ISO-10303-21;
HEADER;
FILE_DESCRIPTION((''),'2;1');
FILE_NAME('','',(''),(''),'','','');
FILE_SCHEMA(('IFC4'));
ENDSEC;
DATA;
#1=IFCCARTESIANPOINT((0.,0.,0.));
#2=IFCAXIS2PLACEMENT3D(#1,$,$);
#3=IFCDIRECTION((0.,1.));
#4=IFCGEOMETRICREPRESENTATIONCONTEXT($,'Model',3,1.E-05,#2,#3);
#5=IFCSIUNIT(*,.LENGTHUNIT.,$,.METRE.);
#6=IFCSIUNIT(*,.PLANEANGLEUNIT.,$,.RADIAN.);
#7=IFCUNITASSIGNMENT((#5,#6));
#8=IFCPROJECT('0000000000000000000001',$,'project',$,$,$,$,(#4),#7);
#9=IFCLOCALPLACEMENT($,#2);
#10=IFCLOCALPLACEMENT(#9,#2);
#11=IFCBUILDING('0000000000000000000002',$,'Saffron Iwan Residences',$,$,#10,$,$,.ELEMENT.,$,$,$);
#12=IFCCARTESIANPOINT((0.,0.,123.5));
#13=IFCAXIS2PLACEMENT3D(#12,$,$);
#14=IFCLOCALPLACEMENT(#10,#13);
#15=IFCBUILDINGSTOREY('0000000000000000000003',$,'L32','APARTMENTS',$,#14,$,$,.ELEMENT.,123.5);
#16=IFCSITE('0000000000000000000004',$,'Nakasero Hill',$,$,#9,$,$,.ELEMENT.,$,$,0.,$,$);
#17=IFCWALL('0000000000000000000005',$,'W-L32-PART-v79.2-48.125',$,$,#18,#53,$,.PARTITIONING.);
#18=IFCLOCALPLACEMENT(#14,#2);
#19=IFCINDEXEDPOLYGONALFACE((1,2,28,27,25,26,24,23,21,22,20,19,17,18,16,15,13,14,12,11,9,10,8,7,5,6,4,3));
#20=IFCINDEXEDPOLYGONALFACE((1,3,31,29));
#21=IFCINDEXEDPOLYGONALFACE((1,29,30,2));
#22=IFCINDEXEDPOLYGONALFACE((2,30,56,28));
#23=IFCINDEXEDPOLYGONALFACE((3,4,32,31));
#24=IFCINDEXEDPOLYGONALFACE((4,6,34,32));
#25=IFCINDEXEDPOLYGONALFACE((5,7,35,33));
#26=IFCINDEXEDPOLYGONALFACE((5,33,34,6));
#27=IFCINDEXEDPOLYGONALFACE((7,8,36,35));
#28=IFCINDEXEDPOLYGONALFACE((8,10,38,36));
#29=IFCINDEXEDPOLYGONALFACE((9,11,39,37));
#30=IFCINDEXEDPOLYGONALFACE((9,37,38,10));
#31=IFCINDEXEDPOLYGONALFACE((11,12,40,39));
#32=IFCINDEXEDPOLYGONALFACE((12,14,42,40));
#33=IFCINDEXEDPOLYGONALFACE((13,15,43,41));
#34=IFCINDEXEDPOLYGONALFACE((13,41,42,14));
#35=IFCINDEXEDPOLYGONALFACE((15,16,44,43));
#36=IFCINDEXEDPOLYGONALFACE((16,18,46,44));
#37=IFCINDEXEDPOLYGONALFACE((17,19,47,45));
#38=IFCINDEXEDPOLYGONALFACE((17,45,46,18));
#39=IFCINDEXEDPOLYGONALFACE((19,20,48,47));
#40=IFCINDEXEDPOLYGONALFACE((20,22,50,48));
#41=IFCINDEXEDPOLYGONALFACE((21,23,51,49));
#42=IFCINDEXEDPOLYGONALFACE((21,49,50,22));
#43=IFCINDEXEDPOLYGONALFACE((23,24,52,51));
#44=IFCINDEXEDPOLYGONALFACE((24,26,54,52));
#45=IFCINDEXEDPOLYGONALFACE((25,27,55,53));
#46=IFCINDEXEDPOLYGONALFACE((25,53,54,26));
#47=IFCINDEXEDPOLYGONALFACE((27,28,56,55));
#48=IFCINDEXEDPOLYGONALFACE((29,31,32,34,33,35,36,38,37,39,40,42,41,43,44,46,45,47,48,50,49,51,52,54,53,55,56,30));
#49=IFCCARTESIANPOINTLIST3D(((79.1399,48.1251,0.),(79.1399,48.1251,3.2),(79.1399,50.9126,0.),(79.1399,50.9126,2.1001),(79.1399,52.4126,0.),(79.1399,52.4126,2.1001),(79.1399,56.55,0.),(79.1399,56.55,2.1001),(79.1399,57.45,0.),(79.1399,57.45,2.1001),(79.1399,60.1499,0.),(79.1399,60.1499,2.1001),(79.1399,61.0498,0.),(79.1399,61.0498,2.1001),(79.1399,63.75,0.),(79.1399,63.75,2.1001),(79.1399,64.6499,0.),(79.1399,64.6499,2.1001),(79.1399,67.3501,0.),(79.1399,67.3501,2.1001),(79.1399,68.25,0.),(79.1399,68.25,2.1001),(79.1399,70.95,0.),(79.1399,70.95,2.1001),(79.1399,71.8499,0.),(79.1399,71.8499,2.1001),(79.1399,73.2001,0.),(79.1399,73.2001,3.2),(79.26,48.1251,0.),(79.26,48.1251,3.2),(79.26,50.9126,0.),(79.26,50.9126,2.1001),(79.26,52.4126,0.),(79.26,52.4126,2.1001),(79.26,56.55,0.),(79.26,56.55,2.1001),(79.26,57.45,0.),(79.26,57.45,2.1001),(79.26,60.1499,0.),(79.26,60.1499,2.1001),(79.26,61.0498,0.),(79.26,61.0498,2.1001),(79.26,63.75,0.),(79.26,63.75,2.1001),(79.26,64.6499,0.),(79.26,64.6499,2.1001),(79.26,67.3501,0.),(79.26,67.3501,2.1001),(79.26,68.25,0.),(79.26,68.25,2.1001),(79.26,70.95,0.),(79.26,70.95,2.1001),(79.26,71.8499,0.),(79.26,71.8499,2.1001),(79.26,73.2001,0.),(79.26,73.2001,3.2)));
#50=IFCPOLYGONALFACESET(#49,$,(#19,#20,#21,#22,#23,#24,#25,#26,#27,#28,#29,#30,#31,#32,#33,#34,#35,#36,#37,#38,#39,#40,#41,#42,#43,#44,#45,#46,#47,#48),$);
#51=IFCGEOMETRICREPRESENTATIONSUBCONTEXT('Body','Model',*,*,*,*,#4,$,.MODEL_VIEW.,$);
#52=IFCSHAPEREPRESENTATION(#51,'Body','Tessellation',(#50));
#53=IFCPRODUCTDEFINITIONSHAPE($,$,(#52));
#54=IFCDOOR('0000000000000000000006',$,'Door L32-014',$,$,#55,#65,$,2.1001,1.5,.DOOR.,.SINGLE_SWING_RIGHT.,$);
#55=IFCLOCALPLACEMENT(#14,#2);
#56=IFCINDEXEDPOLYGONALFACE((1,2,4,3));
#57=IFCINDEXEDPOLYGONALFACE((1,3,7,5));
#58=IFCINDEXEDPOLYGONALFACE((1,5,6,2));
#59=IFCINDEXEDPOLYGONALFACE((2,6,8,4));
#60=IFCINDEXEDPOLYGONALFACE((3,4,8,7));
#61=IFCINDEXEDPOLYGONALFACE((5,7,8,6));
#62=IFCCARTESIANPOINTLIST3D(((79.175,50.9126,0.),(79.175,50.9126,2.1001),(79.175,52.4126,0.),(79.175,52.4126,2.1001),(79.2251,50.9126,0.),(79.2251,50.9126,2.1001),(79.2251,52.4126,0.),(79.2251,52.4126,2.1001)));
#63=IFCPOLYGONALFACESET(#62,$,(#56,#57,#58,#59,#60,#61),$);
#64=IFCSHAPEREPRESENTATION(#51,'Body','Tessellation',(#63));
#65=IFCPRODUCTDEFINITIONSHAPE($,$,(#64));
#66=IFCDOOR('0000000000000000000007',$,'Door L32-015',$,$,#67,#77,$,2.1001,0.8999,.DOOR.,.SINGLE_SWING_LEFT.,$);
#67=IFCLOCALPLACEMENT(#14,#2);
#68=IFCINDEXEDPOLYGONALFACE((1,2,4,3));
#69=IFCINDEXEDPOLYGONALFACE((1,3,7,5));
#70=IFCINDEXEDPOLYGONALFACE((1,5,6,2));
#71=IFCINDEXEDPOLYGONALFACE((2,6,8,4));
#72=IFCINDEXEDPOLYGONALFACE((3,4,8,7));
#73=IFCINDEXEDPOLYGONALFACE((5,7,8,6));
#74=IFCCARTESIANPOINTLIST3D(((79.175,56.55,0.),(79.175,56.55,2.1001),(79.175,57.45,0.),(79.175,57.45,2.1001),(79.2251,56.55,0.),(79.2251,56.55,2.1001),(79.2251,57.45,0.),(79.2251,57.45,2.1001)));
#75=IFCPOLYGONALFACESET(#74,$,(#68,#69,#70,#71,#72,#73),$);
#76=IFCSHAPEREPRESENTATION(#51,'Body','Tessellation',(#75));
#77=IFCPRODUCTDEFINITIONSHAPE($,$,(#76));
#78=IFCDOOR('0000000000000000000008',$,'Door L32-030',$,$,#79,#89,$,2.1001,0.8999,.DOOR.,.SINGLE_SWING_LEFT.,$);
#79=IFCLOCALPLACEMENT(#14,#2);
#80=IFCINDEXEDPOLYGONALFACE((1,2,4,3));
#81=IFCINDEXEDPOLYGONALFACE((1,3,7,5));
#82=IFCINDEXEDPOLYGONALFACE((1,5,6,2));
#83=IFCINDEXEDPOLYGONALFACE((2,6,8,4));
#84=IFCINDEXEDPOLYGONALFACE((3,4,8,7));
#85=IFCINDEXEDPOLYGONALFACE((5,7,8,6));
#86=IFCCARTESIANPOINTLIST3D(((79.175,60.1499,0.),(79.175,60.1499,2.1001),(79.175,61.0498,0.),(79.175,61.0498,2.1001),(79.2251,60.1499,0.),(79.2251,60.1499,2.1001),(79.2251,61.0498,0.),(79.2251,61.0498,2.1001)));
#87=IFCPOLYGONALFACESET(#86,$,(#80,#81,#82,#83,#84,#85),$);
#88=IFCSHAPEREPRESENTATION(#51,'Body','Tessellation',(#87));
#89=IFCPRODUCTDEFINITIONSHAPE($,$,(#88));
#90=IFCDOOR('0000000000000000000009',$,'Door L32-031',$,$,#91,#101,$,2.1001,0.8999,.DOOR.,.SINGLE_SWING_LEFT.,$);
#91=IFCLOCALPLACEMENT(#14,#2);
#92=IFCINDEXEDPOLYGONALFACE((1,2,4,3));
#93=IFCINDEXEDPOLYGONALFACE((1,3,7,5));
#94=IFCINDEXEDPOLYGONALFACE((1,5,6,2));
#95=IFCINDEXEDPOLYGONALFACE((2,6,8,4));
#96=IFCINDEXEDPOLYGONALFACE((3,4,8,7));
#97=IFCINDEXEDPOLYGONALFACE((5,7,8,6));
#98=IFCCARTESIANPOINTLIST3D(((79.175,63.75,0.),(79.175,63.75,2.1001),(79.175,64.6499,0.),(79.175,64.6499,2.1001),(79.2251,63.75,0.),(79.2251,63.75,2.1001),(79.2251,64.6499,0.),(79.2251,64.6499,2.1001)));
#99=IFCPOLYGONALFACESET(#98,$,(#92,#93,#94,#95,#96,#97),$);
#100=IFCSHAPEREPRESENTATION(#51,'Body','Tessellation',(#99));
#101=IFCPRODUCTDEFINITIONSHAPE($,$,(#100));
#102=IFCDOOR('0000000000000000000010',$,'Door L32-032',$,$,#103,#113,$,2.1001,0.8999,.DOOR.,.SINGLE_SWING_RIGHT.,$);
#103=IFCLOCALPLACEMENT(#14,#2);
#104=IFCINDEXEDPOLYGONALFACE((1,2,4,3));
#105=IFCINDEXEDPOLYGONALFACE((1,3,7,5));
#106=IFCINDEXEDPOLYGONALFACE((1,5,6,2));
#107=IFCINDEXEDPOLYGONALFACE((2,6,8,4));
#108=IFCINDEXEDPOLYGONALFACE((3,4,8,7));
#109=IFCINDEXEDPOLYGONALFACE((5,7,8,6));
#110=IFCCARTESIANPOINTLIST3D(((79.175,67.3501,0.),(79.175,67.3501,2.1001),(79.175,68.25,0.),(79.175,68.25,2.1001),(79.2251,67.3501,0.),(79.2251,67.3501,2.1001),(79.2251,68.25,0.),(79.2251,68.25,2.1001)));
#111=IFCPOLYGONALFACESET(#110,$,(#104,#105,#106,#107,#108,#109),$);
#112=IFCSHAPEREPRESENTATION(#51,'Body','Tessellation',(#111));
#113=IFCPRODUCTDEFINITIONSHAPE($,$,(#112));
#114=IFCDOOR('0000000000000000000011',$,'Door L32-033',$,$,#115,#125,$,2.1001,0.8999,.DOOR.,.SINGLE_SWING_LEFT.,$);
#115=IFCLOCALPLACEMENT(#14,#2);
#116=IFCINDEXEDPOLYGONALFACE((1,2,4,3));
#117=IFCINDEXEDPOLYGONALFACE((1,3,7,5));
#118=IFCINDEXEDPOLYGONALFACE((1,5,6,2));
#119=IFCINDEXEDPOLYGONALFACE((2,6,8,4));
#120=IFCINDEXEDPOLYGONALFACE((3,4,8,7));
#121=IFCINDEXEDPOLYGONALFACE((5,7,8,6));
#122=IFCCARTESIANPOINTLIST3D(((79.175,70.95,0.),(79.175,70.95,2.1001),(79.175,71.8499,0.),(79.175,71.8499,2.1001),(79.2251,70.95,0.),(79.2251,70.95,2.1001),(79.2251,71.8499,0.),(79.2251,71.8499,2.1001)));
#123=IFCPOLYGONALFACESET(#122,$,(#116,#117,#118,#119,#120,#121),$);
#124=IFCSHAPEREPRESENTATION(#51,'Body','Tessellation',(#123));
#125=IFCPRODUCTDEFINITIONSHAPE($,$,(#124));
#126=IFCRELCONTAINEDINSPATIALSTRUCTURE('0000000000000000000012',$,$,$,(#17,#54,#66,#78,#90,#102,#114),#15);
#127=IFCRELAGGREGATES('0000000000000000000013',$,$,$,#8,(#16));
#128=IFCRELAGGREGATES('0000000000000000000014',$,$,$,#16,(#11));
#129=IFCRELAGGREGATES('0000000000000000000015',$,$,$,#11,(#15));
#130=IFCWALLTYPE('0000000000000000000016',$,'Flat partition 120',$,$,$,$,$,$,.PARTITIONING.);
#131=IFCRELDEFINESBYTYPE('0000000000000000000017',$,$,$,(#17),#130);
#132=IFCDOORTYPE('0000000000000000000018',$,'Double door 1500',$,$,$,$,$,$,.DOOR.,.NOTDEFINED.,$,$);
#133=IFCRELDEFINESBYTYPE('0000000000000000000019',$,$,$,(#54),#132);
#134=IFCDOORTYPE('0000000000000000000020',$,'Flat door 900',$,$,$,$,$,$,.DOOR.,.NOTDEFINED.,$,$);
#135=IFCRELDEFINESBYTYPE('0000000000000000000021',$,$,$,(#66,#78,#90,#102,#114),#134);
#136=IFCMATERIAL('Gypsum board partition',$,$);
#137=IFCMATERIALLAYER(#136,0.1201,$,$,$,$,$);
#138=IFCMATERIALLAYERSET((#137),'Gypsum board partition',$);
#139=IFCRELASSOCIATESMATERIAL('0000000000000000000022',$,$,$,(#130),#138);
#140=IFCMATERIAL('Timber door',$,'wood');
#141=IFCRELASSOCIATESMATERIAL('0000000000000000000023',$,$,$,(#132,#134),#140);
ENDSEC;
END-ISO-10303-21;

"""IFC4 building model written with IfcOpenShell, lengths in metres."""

from ifc_helpers import new_model, si_unit, direction, frame, frame_2d, origin, place, context, subcontext, project, spatial, rectangle, extrude, material, layer, layer_set, type_object, element, fill, save


model = new_model("IFC4")

# Units and contexts
model_context = context("Model", 3, precision=1e-05, world=origin(), true_north=direction((0.0, 1.0)))
body_context = subcontext(model_context, "Body", "Model", "MODEL_VIEW")
ifc_project = project(units=[si_unit("LENGTHUNIT", "METRE"), si_unit("PLANEANGLEUNIT", "RADIAN")], contexts=[model_context])

# Site, building, storey
site_placement = place(None, origin())
site = spatial("IfcSite", under=ifc_project, at=site_placement, Name="Nakasero Hill", CompositionType="ELEMENT", RefElevation=0.0)
building_placement = place(site_placement, origin())
building = spatial("IfcBuilding", under=site, at=building_placement, Name="Saffron Iwan Residences", CompositionType="ELEMENT")
storey_placement = place(building_placement, frame((0.0, 0.0, 123.5)))
storey = spatial("IfcBuildingStorey", under=building, at=storey_placement, Name="L32", Description="APARTMENTS", CompositionType="ELEMENT", Elevation=123.5)

# Shared definitions
ifc_material_1 = material(Name="Gypsum board partition")
ifc_layer_1 = layer(ifc_material_1, 0.1201)
ifc_layer_set_1 = layer_set([ifc_layer_1], Name="Gypsum board partition")
wall_type_1 = type_object("IfcWallType", Name="Flat partition 120", PredefinedType="PARTITIONING", material=ifc_layer_set_1)

# Wall, openings, doors
wall_1_placement = place(storey_placement, frame((79.2, 48.125, 0.0), z_axis=(0.0, 0.0, 1.0), x_axis=(0.0, 1.0, 0.0)))
wall_1 = element("IfcWall", 1, at=wall_1_placement, inside=storey, type_object=wall_type_1, Name="W-L32-PART-v79.2-48.125", PredefinedType="PARTITIONING", context=body_context, shape_type="SweptSolid", body=[
    extrude(rectangle(XDim=25.075, YDim=0.1201, at=frame_2d((12.5376, 0.0))), origin(), (0.0, 0.0, 1.0), 3.2),
])
opening_1_placement = place(wall_1_placement, frame((2.7876, 0.0, 0.0)))
opening_1 = element("IfcOpeningElement", 2, at=opening_1_placement, cuts=wall_1, PredefinedType="OPENING", context=body_context, shape_type="SweptSolid", body=[
    extrude(rectangle(XDim=1.5, YDim=2.1001, at=frame_2d((0.75, 1.05))), frame((0.0, 0.0701, 0.0), z_axis=(0.0, -1.0, 0.0), x_axis=(1.0, 0.0, 0.0)), (0.0, 0.0, 1.0), 0.1401),
])
opening_2_placement = place(wall_1_placement, frame((8.425, 0.0, 0.0)))
opening_2 = element("IfcOpeningElement", 3, at=opening_2_placement, cuts=wall_1, PredefinedType="OPENING", context=body_context, shape_type="SweptSolid", body=[
    extrude(rectangle(XDim=0.8999, YDim=2.1001, at=frame_2d((0.45, 1.05))), frame((0.0, 0.0701, 0.0), z_axis=(0.0, -1.0, 0.0), x_axis=(1.0, 0.0, 0.0)), (0.0, 0.0, 1.0), 0.1401),
])
opening_3_placement = place(wall_1_placement, frame((12.0249, 0.0, 0.0)))
opening_3 = element("IfcOpeningElement", 4, at=opening_3_placement, cuts=wall_1, PredefinedType="OPENING", context=body_context, shape_type="SweptSolid", body=[
    extrude(rectangle(XDim=0.8999, YDim=2.1001, at=frame_2d((0.45, 1.05))), frame((0.0, 0.0701, 0.0), z_axis=(0.0, -1.0, 0.0), x_axis=(1.0, 0.0, 0.0)), (0.0, 0.0, 1.0), 0.1401),
])
opening_4_placement = place(wall_1_placement, frame((15.625, 0.0, 0.0)))
opening_4 = element("IfcOpeningElement", 5, at=opening_4_placement, cuts=wall_1, PredefinedType="OPENING", context=body_context, shape_type="SweptSolid", body=[
    extrude(rectangle(XDim=0.8999, YDim=2.1001, at=frame_2d((0.45, 1.05))), frame((0.0, 0.0701, 0.0), z_axis=(0.0, -1.0, 0.0), x_axis=(1.0, 0.0, 0.0)), (0.0, 0.0, 1.0), 0.1401),
])
opening_5_placement = place(wall_1_placement, frame((19.2251, 0.0, 0.0)))
opening_5 = element("IfcOpeningElement", 6, at=opening_5_placement, cuts=wall_1, PredefinedType="OPENING", context=body_context, shape_type="SweptSolid", body=[
    extrude(rectangle(XDim=0.8999, YDim=2.1001, at=frame_2d((0.45, 1.05))), frame((0.0, 0.0701, 0.0), z_axis=(0.0, -1.0, 0.0), x_axis=(1.0, 0.0, 0.0)), (0.0, 0.0, 1.0), 0.1401),
])
opening_6_placement = place(wall_1_placement, frame((22.825, 0.0, 0.0)))
opening_6 = element("IfcOpeningElement", 7, at=opening_6_placement, cuts=wall_1, PredefinedType="OPENING", context=body_context, shape_type="SweptSolid", body=[
    extrude(rectangle(XDim=0.8999, YDim=2.1001, at=frame_2d((0.45, 1.05))), frame((0.0, 0.0701, 0.0), z_axis=(0.0, -1.0, 0.0), x_axis=(1.0, 0.0, 0.0)), (0.0, 0.0, 1.0), 0.1401),
])
ifc_material_2 = material(Name="Timber door", Category="wood")
door_type_1 = type_object("IfcDoorType", Name="Double door 1500", OperationType="NOTDEFINED", PredefinedType="DOOR", material=ifc_material_2)
door_1_placement = place(opening_1_placement, origin())
door_1 = element("IfcDoor", 8, at=door_1_placement, inside=storey, type_object=door_type_1, Name="Door L32-014", OperationType="SINGLE_SWING_RIGHT", OverallHeight=2.1001, OverallWidth=1.5, PredefinedType="DOOR", context=body_context, shape_type="SweptSolid", body=[
    extrude(rectangle(XDim=1.5, YDim=2.1001, at=frame_2d((0.75, 1.05))), frame((0.0, 0.0249, 0.0), z_axis=(0.0, -1.0, 0.0), x_axis=(1.0, 0.0, 0.0)), (0.0, 0.0, 1.0), 0.05),
])
fill(opening_1, door_1)
door_type_2 = type_object("IfcDoorType", Name="Flat door 900", OperationType="NOTDEFINED", PredefinedType="DOOR", material=ifc_material_2)
door_2_placement = place(opening_2_placement, origin())
door_2 = element("IfcDoor", 9, at=door_2_placement, inside=storey, type_object=door_type_2, Name="Door L32-015", OperationType="SINGLE_SWING_LEFT", OverallHeight=2.1001, OverallWidth=0.8999, PredefinedType="DOOR", context=body_context, shape_type="SweptSolid", body=[
    extrude(rectangle(XDim=0.8999, YDim=2.1001, at=frame_2d((0.45, 1.05))), frame((0.0, 0.0249, 0.0), z_axis=(0.0, -1.0, 0.0), x_axis=(1.0, 0.0, 0.0)), (0.0, 0.0, 1.0), 0.05),
])
fill(opening_2, door_2)
door_3_placement = place(opening_3_placement, origin())
door_3 = element("IfcDoor", 10, at=door_3_placement, inside=storey, type_object=door_type_2, Name="Door L32-030", OperationType="SINGLE_SWING_LEFT", OverallHeight=2.1001, OverallWidth=0.8999, PredefinedType="DOOR", context=body_context, shape_type="SweptSolid", body=[
    extrude(rectangle(XDim=0.8999, YDim=2.1001, at=frame_2d((0.45, 1.05))), frame((0.0, 0.0249, 0.0), z_axis=(0.0, -1.0, 0.0), x_axis=(1.0, 0.0, 0.0)), (0.0, 0.0, 1.0), 0.05),
])
fill(opening_3, door_3)
door_4_placement = place(opening_4_placement, origin())
door_4 = element("IfcDoor", 11, at=door_4_placement, inside=storey, type_object=door_type_2, Name="Door L32-031", OperationType="SINGLE_SWING_LEFT", OverallHeight=2.1001, OverallWidth=0.8999, PredefinedType="DOOR", context=body_context, shape_type="SweptSolid", body=[
    extrude(rectangle(XDim=0.8999, YDim=2.1001, at=frame_2d((0.45, 1.05))), frame((0.0, 0.0249, 0.0), z_axis=(0.0, -1.0, 0.0), x_axis=(1.0, 0.0, 0.0)), (0.0, 0.0, 1.0), 0.05),
])
fill(opening_4, door_4)
door_5_placement = place(opening_5_placement, origin())
door_5 = element("IfcDoor", 12, at=door_5_placement, inside=storey, type_object=door_type_2, Name="Door L32-032", OperationType="SINGLE_SWING_RIGHT", OverallHeight=2.1001, OverallWidth=0.8999, PredefinedType="DOOR", context=body_context, shape_type="SweptSolid", body=[
    extrude(rectangle(XDim=0.8999, YDim=2.1001, at=frame_2d((0.45, 1.05))), frame((0.0, 0.0249, 0.0), z_axis=(0.0, -1.0, 0.0), x_axis=(1.0, 0.0, 0.0)), (0.0, 0.0, 1.0), 0.05),
])
fill(opening_5, door_5)
door_6_placement = place(opening_6_placement, origin())
door_6 = element("IfcDoor", 13, at=door_6_placement, inside=storey, type_object=door_type_2, Name="Door L32-033", OperationType="SINGLE_SWING_LEFT", OverallHeight=2.1001, OverallWidth=0.8999, PredefinedType="DOOR", context=body_context, shape_type="SweptSolid", body=[
    extrude(rectangle(XDim=0.8999, YDim=2.1001, at=frame_2d((0.45, 1.05))), frame((0.0, 0.0249, 0.0), z_axis=(0.0, -1.0, 0.0), x_axis=(1.0, 0.0, 0.0)), (0.0, 0.0, 1.0), 0.05),
])
fill(opening_6, door_6)

save(model, "model.ifc")
